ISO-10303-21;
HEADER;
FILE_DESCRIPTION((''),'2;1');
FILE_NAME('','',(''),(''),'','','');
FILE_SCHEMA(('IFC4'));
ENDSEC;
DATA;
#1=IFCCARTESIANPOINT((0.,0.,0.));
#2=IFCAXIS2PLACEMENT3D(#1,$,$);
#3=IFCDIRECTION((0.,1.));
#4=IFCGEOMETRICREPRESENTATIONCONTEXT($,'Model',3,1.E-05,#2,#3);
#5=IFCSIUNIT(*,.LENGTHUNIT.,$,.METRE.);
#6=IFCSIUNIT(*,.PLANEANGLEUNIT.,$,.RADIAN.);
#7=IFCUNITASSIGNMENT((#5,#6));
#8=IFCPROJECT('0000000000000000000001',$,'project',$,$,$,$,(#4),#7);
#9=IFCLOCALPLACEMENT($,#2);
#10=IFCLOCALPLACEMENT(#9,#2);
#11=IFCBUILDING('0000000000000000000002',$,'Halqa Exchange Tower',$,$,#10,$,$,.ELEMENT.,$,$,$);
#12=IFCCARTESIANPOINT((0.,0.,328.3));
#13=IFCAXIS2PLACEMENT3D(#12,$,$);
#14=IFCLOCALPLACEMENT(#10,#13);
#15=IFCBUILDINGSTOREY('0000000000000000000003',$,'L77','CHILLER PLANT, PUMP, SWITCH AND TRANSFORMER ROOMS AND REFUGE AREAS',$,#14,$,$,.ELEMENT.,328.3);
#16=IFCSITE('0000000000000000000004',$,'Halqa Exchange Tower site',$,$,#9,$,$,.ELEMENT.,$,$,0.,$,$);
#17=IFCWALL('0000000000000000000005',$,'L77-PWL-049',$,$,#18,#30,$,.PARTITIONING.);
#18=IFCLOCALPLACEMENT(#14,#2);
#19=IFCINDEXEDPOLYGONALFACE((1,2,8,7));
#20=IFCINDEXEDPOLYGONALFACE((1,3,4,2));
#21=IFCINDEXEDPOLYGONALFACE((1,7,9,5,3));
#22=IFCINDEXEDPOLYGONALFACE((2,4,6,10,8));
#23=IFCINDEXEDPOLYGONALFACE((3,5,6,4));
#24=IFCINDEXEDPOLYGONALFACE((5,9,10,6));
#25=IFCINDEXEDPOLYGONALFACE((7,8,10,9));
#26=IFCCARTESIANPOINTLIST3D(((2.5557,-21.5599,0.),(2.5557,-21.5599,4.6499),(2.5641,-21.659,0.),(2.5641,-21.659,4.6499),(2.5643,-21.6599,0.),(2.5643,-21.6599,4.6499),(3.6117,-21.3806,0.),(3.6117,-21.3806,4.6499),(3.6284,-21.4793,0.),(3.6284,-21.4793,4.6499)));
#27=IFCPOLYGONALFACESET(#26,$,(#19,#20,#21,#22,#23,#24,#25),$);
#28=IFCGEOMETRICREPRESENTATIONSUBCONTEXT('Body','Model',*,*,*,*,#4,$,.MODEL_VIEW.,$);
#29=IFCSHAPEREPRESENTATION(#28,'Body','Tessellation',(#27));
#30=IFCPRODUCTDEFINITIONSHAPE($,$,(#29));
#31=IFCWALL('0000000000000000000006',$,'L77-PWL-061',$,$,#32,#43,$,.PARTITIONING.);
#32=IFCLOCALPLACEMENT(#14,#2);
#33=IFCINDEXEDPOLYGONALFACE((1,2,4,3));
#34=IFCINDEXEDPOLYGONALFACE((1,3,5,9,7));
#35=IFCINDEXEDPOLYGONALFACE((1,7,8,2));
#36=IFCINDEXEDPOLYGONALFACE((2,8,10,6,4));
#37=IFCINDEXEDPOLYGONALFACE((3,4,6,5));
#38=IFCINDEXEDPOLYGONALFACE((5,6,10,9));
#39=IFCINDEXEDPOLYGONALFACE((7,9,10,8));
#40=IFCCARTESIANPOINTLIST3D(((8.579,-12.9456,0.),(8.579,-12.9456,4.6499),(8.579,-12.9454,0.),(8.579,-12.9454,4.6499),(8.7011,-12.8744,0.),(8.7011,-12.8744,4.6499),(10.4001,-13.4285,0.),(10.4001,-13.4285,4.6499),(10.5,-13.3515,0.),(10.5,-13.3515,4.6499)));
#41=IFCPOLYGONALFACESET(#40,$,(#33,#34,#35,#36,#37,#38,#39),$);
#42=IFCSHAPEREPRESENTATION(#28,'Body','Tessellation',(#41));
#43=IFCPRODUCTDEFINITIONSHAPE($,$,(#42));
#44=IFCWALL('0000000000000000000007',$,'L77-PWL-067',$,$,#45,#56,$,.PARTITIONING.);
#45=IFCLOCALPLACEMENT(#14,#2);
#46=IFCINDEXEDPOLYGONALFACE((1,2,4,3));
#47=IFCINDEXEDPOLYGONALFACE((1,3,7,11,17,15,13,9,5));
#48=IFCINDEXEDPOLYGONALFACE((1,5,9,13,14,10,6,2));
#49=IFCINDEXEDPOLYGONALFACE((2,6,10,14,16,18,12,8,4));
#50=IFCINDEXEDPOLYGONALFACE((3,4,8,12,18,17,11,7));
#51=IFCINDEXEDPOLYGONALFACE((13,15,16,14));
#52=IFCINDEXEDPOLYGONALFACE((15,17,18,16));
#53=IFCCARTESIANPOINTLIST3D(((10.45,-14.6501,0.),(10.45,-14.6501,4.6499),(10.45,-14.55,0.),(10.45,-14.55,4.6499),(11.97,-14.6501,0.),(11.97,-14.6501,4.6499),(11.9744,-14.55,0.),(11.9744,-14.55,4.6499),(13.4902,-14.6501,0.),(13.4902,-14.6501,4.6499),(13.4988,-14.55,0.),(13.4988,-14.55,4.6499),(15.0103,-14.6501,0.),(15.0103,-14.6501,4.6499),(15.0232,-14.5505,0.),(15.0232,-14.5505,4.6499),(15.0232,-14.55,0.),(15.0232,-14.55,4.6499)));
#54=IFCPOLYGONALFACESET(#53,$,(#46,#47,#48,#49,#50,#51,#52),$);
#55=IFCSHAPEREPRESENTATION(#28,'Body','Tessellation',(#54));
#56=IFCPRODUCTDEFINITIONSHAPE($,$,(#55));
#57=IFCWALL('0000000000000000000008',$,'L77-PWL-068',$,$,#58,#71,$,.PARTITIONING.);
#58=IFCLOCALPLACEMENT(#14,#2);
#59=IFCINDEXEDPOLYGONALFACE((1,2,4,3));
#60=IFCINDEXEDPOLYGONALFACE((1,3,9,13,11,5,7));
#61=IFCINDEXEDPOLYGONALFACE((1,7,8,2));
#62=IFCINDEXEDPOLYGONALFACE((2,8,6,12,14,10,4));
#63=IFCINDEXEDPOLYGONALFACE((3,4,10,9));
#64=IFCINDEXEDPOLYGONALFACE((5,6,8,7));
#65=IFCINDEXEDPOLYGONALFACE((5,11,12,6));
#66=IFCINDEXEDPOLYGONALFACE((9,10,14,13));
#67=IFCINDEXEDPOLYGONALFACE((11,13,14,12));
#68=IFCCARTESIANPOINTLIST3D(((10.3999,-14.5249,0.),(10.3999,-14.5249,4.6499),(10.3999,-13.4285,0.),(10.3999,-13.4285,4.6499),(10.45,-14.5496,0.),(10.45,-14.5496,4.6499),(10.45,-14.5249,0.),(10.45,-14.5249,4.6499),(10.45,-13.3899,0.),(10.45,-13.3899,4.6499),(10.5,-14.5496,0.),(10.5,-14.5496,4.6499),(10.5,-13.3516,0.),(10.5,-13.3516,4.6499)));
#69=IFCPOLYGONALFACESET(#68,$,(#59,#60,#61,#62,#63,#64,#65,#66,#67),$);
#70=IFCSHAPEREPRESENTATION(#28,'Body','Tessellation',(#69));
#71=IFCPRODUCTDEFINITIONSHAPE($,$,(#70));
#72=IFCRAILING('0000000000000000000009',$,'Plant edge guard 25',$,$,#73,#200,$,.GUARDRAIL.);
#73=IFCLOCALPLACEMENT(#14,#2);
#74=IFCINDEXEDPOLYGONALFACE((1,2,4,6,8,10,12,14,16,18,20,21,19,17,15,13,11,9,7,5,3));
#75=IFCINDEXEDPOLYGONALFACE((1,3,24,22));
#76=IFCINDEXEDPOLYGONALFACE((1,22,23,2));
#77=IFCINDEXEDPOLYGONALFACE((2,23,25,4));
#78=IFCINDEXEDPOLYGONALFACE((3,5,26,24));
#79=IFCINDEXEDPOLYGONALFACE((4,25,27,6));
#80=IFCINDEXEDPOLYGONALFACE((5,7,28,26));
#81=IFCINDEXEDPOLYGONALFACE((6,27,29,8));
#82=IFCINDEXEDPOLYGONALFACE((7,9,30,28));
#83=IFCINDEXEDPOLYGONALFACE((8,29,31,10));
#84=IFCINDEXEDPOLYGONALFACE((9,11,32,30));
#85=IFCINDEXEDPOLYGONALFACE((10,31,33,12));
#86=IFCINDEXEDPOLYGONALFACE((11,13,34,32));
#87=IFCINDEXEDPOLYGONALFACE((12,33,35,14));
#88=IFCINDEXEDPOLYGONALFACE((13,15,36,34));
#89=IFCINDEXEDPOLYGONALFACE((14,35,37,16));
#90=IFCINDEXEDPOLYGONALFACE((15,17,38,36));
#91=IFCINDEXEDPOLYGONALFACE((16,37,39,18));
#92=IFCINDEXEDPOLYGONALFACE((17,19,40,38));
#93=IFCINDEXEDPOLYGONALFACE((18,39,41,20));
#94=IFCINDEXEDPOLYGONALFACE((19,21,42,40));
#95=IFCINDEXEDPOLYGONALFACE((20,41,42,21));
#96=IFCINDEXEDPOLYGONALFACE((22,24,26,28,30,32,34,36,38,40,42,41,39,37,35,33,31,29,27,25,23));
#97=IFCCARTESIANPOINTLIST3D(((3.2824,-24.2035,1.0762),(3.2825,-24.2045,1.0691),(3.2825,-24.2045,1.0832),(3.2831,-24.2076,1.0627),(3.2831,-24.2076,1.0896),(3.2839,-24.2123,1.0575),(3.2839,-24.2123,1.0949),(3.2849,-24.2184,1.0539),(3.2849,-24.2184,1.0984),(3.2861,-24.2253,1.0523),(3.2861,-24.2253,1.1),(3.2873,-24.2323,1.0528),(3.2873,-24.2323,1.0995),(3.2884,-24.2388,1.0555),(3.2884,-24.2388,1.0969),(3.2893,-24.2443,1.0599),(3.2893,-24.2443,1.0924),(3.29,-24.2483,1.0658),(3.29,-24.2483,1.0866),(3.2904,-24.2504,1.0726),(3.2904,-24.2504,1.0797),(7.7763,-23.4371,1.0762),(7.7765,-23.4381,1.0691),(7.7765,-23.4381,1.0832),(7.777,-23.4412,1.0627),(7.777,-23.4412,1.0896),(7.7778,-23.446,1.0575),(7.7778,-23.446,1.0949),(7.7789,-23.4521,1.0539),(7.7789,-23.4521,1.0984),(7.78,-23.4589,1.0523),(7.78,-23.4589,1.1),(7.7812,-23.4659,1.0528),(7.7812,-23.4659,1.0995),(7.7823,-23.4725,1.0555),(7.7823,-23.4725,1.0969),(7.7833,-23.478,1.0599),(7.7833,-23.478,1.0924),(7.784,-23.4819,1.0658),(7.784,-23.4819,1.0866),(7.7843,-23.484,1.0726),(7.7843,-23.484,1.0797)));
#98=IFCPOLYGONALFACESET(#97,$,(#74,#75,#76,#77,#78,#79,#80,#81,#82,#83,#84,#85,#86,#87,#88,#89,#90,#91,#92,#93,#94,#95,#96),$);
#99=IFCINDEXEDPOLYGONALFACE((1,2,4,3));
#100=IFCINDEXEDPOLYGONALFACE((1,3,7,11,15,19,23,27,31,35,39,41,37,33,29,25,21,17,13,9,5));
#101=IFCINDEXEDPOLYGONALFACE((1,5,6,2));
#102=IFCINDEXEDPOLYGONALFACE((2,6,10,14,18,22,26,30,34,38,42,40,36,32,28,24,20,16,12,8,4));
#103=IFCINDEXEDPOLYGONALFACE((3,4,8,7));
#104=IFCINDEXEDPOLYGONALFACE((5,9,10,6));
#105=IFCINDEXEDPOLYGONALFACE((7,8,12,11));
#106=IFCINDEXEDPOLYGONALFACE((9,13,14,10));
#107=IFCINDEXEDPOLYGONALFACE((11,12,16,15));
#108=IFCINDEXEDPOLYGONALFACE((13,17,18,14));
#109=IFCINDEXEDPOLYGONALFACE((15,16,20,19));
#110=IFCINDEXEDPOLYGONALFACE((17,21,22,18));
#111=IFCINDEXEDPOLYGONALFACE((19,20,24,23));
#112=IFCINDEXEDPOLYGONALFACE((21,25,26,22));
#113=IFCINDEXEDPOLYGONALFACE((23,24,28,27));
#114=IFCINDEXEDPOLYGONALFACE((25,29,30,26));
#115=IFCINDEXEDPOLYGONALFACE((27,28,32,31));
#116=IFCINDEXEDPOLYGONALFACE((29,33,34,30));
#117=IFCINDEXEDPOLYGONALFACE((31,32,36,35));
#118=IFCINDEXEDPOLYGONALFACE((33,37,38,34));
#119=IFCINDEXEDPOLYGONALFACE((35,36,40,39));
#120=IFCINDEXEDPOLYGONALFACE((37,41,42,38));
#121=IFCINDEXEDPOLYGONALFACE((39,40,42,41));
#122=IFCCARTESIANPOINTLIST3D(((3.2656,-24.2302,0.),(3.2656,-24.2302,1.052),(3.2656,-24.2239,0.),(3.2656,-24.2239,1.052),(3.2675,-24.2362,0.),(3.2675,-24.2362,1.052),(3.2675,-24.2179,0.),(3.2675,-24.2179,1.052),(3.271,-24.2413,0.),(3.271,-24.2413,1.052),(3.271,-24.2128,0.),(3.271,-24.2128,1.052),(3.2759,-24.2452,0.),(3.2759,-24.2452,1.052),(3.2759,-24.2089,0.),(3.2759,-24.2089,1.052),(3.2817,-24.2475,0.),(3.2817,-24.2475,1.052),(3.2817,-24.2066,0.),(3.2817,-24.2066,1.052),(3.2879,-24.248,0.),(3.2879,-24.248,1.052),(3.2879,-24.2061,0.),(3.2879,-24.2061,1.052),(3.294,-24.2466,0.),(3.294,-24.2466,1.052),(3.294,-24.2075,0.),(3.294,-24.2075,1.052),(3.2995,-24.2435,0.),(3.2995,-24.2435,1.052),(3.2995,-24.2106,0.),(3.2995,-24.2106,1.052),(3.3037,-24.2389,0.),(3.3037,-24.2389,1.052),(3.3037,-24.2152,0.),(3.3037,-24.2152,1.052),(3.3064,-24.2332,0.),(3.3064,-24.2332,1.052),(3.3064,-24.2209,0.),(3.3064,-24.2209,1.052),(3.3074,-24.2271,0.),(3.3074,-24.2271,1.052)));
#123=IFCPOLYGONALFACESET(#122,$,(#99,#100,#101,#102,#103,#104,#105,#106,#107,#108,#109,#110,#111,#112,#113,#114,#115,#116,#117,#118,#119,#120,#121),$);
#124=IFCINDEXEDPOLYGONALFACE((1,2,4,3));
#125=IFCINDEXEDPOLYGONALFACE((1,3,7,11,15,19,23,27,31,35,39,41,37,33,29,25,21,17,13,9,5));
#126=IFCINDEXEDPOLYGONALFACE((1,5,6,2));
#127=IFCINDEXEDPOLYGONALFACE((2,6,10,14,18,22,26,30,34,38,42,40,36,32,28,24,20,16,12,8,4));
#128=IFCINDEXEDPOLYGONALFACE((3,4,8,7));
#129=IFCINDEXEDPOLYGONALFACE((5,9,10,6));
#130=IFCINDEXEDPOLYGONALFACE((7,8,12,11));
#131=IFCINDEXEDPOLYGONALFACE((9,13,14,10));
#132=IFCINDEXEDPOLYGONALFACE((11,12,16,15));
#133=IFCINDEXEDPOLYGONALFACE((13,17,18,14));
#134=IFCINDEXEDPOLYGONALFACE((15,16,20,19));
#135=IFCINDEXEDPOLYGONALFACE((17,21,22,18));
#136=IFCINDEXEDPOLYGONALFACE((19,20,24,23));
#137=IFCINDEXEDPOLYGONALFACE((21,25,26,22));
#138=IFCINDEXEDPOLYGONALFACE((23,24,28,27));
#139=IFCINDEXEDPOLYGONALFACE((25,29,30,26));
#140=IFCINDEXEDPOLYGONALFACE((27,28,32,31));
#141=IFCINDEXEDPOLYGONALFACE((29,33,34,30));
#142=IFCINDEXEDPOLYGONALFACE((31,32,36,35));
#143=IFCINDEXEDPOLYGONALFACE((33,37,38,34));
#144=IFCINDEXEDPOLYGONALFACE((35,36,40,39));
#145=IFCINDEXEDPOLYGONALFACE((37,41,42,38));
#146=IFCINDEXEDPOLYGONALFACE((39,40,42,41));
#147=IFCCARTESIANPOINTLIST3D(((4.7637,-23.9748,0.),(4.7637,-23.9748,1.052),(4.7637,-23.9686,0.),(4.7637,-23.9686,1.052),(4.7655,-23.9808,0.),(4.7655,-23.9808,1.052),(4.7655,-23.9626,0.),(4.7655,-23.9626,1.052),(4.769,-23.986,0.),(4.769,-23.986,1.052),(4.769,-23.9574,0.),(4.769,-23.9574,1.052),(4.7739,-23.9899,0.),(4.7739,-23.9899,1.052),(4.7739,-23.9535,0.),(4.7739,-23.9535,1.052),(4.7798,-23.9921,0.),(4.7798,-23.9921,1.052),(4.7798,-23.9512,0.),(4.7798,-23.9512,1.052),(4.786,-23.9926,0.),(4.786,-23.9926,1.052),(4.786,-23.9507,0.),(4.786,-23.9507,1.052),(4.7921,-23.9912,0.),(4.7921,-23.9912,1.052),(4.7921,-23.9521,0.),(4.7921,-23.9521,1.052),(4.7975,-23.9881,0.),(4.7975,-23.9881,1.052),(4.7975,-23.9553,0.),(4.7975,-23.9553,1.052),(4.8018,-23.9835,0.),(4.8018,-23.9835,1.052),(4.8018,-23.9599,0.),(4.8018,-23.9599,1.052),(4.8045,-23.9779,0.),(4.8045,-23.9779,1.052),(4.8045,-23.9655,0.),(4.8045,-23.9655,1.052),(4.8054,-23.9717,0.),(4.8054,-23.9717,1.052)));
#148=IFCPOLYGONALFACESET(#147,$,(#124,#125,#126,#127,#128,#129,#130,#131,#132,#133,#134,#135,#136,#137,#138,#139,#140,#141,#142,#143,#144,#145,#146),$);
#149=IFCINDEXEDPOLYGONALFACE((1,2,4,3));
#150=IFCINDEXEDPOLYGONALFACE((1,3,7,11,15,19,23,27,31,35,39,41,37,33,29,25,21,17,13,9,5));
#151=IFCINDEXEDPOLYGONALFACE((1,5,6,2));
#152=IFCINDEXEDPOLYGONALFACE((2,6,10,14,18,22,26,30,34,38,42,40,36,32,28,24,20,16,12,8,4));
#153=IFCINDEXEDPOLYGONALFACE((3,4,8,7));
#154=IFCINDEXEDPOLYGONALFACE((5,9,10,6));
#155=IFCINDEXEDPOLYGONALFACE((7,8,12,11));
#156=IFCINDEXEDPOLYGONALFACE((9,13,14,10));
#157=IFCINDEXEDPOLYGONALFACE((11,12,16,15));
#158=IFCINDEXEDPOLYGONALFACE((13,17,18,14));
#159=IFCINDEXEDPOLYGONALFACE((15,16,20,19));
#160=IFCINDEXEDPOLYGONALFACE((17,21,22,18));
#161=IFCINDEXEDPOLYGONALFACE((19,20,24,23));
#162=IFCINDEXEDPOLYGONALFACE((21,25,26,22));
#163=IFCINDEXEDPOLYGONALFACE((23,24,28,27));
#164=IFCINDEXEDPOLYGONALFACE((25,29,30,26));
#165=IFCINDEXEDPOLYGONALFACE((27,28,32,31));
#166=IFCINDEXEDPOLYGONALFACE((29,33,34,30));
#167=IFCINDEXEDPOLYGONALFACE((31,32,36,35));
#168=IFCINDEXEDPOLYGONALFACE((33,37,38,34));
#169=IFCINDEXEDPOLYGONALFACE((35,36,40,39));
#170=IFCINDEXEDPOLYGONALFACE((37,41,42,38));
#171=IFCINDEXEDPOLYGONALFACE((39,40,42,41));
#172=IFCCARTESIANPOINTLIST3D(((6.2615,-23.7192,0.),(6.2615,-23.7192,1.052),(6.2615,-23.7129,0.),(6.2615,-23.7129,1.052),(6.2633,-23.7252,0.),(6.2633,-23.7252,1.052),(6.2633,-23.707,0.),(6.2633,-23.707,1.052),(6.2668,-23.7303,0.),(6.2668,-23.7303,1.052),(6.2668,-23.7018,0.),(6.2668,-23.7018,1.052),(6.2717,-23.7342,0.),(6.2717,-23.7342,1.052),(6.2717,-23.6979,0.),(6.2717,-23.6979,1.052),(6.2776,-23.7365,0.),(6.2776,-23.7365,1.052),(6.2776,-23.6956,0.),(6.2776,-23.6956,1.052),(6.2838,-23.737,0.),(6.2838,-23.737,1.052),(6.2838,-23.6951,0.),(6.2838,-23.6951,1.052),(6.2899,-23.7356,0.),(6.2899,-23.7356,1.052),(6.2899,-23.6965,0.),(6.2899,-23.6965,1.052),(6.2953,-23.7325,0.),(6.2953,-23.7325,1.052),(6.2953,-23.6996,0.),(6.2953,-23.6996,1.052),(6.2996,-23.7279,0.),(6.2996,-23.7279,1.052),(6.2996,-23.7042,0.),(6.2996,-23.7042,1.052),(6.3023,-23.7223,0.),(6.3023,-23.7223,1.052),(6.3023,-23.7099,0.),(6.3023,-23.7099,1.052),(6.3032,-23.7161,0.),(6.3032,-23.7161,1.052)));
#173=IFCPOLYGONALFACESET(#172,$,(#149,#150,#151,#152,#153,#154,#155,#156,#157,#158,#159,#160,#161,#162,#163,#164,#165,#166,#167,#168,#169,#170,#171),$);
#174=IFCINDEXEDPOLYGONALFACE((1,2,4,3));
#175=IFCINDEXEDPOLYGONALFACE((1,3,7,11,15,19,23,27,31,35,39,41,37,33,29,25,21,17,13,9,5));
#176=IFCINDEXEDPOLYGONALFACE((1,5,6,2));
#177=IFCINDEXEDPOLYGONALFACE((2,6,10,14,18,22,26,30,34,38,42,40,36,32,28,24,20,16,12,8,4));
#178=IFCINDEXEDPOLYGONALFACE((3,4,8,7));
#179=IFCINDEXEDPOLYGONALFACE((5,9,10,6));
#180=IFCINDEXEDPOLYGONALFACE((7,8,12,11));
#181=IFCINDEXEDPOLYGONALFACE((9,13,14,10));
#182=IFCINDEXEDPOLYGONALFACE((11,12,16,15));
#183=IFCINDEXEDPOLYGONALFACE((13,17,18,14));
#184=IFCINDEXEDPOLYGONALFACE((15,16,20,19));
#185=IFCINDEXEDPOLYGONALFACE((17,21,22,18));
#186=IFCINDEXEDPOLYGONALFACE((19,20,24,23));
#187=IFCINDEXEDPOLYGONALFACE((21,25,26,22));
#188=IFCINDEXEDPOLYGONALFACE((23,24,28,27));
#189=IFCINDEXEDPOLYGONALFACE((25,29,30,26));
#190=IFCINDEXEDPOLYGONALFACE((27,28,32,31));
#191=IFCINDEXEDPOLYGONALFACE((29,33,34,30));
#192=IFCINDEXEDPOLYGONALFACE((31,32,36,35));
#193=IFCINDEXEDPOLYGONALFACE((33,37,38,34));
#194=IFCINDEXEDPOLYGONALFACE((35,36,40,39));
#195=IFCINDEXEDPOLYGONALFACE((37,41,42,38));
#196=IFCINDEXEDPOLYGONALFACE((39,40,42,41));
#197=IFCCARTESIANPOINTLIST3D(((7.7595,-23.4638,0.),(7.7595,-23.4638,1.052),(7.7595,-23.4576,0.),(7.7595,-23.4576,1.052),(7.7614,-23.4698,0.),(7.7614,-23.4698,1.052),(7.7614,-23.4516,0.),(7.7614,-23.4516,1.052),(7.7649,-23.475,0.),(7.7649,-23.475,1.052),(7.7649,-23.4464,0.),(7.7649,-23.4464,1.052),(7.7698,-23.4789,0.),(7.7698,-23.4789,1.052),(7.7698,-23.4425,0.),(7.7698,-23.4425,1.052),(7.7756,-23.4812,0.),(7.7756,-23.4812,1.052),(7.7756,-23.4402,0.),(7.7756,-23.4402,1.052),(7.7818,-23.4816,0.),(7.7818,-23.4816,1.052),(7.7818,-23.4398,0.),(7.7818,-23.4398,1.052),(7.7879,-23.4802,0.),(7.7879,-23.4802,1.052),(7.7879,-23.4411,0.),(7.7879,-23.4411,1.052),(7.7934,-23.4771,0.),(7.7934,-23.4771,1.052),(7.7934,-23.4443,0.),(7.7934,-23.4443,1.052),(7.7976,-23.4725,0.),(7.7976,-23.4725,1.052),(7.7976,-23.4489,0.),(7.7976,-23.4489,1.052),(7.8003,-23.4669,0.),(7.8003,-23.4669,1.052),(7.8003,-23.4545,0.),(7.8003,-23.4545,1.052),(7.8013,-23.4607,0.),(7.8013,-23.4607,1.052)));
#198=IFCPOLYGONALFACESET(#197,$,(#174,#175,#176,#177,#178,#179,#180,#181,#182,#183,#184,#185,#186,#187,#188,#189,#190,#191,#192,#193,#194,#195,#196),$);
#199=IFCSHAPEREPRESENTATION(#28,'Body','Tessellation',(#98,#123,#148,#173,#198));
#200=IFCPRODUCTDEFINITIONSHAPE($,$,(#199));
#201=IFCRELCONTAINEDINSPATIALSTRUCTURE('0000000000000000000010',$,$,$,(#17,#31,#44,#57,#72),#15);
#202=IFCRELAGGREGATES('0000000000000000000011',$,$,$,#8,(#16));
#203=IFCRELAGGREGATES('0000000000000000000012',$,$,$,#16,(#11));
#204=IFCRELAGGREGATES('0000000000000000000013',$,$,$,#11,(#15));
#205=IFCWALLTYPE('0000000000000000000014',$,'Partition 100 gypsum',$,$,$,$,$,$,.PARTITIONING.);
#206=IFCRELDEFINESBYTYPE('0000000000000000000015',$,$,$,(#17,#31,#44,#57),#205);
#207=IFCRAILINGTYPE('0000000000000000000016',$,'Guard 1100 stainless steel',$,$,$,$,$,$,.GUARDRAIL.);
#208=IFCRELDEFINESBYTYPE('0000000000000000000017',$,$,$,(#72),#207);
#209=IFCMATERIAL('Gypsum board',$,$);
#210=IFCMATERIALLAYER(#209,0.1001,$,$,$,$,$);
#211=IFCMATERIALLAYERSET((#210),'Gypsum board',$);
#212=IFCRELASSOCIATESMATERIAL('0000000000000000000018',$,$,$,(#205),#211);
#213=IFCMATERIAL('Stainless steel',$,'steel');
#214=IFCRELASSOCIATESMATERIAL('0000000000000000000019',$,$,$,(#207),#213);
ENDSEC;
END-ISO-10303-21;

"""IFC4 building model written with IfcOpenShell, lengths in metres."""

from ifc_helpers import new_model, si_unit, direction, frame, origin, origin_2d, place, context, subcontext, project, spatial, polyline, circle, outline, extrude, material, layer, layer_set, type_object, element, save


model = new_model("IFC4")

# Units and contexts
model_context = context("Model", 3, precision=1e-05, world=origin(), true_north=direction((0.0, 1.0)))
body_context = subcontext(model_context, "Body", "Model", "MODEL_VIEW")
ifc_project = project(units=[si_unit("LENGTHUNIT", "METRE"), si_unit("PLANEANGLEUNIT", "RADIAN")], contexts=[model_context])

# Site, building, storey
site_placement = place(None, origin())
site = spatial("IfcSite", under=ifc_project, at=site_placement, Name="Halqa Exchange Tower site", CompositionType="ELEMENT", RefElevation=0.0)
building_placement = place(site_placement, origin())
building = spatial("IfcBuilding", under=site, at=building_placement, Name="Halqa Exchange Tower", CompositionType="ELEMENT")
storey_placement = place(building_placement, frame((0.0, 0.0, 328.3)))
storey = spatial("IfcBuildingStorey", under=building, at=storey_placement, Name="L77", Description="CHILLER PLANT, PUMP, SWITCH AND TRANSFORMER ROOMS AND REFUGE AREAS", CompositionType="ELEMENT", Elevation=328.3)

# Walls
ifc_material_1 = material(Name="Gypsum board")
ifc_layer_1 = layer(ifc_material_1, 0.1001)
ifc_layer_set_1 = layer_set([ifc_layer_1], Name="Gypsum board")
wall_type_1 = type_object("IfcWallType", Name="Partition 100 gypsum", PredefinedType="PARTITIONING", material=ifc_layer_set_1)
wall_1_placement = place(storey_placement, frame((2.5559, -21.6106, 0.0), z_axis=(0.0, 0.0, 1.0), x_axis=(0.985894, 0.167369, 0.0)))
element("IfcWall", 1, at=wall_1_placement, inside=storey, type_object=wall_type_1, Name="L77-PWL-049", PredefinedType="PARTITIONING", context=body_context, shape_type="SweptSolid", body=[
    extrude(outline(polyline([(1.0793, 0.05), (0.0083, 0.05), (0.0, -0.0491), (0.0, -0.05), (1.0793, -0.05), (1.0793, 0.05)])), origin(), (0.0, 0.0, 1.0), 4.6499),
])
wall_2_placement = place(storey_placement, frame((8.5918, -12.8972, 0.0), z_axis=(0.0, 0.0, 1.0), x_axis=(0.966587, -0.256337, 0.0)))
element("IfcWall", 2, at=wall_2_placement, inside=storey, type_object=wall_type_1, Name="L77-PWL-061", PredefinedType="PARTITIONING", context=body_context, shape_type="SweptSolid", body=[
    extrude(outline(polyline([(0.0, -0.05), (1.884, -0.05), (1.9609, 0.05), (0.0999, 0.05), (0.0, -0.0498), (0.0, -0.05)])), origin(), (0.0, 0.0, 1.0), 4.6499),
])
wall_3_placement = place(storey_placement, frame((10.45, -14.6001, 0.0), z_axis=(0.0, 0.0, 1.0), x_axis=(1.0, 0.0, 0.0)))
element("IfcWall", 3, at=wall_3_placement, inside=storey, type_object=wall_type_1, Name="L77-PWL-067", PredefinedType="PARTITIONING", context=body_context, shape_type="SweptSolid", body=[
    extrude(outline(polyline([(0.0, -0.05), (1.52, -0.05), (3.0403, -0.05), (4.5603, -0.05), (4.5732, 0.0496), (4.5732, 0.05), (3.0488, 0.05), (1.5244, 0.05), (0.0, 0.05), (0.0, -0.05)])), origin(), (0.0, 0.0, 1.0), 4.6499),
])
wall_4_placement = place(storey_placement, frame((10.45, -13.3516, 0.0), z_axis=(0.0, 0.0, 1.0), x_axis=(0.0, -1.0, 0.0)))
element("IfcWall", 4, at=wall_4_placement, inside=storey, type_object=wall_type_1, Name="L77-PWL-068", PredefinedType="PARTITIONING", context=body_context, shape_type="SweptSolid", body=[
    extrude(outline(polyline([(0.0769, -0.05), (1.1733, -0.05), (1.1733, 0.0), (1.198, 0.0), (1.198, 0.05), (0.0, 0.05), (0.0, 0.05), (0.0383, 0.0), (0.0769, -0.05), (0.0769, -0.05), (0.0769, -0.05)])), origin(), (0.0, 0.0, 1.0), 4.6499),
])

# Railing
ifc_material_2 = material(Name="Stainless steel", Category="steel")
railing_type = type_object("IfcRailingType", Name="Guard 1100 stainless steel", PredefinedType="GUARDRAIL", material=ifc_material_2)
railing_1_placement = place(storey_placement, frame((3.2864, -24.2271, 0.0)))
element("IfcRailing", 5, at=railing_1_placement, inside=storey, type_object=railing_type, Name="Plant edge guard 25", PredefinedType="GUARDRAIL", context=body_context, shape_type="SweptSolid", body=[
    extrude(circle(Radius=0.0239, at=origin_2d()), frame((0.0, 0.0, 1.0762), z_axis=(0.985769, 0.168106, 0.0), x_axis=(-0.168106, 0.985769, 0.0)), (0.0, 0.0, 1.0), 4.5588),
    extrude(circle(Radius=0.021, at=origin_2d()), origin(), (0.0, 0.0, 1.0), 1.052),
    extrude(circle(Radius=0.021, at=origin_2d()), frame((1.498, 0.2554, 0.0)), (0.0, 0.0, 1.0), 1.052),
    extrude(circle(Radius=0.021, at=origin_2d()), frame((2.9958, 0.511, 0.0)), (0.0, 0.0, 1.0), 1.052),
    extrude(circle(Radius=0.021, at=origin_2d()), frame((4.4939, 0.7664, 0.0)), (0.0, 0.0, 1.0), 1.052),
])

save(model, "model.ifc")
